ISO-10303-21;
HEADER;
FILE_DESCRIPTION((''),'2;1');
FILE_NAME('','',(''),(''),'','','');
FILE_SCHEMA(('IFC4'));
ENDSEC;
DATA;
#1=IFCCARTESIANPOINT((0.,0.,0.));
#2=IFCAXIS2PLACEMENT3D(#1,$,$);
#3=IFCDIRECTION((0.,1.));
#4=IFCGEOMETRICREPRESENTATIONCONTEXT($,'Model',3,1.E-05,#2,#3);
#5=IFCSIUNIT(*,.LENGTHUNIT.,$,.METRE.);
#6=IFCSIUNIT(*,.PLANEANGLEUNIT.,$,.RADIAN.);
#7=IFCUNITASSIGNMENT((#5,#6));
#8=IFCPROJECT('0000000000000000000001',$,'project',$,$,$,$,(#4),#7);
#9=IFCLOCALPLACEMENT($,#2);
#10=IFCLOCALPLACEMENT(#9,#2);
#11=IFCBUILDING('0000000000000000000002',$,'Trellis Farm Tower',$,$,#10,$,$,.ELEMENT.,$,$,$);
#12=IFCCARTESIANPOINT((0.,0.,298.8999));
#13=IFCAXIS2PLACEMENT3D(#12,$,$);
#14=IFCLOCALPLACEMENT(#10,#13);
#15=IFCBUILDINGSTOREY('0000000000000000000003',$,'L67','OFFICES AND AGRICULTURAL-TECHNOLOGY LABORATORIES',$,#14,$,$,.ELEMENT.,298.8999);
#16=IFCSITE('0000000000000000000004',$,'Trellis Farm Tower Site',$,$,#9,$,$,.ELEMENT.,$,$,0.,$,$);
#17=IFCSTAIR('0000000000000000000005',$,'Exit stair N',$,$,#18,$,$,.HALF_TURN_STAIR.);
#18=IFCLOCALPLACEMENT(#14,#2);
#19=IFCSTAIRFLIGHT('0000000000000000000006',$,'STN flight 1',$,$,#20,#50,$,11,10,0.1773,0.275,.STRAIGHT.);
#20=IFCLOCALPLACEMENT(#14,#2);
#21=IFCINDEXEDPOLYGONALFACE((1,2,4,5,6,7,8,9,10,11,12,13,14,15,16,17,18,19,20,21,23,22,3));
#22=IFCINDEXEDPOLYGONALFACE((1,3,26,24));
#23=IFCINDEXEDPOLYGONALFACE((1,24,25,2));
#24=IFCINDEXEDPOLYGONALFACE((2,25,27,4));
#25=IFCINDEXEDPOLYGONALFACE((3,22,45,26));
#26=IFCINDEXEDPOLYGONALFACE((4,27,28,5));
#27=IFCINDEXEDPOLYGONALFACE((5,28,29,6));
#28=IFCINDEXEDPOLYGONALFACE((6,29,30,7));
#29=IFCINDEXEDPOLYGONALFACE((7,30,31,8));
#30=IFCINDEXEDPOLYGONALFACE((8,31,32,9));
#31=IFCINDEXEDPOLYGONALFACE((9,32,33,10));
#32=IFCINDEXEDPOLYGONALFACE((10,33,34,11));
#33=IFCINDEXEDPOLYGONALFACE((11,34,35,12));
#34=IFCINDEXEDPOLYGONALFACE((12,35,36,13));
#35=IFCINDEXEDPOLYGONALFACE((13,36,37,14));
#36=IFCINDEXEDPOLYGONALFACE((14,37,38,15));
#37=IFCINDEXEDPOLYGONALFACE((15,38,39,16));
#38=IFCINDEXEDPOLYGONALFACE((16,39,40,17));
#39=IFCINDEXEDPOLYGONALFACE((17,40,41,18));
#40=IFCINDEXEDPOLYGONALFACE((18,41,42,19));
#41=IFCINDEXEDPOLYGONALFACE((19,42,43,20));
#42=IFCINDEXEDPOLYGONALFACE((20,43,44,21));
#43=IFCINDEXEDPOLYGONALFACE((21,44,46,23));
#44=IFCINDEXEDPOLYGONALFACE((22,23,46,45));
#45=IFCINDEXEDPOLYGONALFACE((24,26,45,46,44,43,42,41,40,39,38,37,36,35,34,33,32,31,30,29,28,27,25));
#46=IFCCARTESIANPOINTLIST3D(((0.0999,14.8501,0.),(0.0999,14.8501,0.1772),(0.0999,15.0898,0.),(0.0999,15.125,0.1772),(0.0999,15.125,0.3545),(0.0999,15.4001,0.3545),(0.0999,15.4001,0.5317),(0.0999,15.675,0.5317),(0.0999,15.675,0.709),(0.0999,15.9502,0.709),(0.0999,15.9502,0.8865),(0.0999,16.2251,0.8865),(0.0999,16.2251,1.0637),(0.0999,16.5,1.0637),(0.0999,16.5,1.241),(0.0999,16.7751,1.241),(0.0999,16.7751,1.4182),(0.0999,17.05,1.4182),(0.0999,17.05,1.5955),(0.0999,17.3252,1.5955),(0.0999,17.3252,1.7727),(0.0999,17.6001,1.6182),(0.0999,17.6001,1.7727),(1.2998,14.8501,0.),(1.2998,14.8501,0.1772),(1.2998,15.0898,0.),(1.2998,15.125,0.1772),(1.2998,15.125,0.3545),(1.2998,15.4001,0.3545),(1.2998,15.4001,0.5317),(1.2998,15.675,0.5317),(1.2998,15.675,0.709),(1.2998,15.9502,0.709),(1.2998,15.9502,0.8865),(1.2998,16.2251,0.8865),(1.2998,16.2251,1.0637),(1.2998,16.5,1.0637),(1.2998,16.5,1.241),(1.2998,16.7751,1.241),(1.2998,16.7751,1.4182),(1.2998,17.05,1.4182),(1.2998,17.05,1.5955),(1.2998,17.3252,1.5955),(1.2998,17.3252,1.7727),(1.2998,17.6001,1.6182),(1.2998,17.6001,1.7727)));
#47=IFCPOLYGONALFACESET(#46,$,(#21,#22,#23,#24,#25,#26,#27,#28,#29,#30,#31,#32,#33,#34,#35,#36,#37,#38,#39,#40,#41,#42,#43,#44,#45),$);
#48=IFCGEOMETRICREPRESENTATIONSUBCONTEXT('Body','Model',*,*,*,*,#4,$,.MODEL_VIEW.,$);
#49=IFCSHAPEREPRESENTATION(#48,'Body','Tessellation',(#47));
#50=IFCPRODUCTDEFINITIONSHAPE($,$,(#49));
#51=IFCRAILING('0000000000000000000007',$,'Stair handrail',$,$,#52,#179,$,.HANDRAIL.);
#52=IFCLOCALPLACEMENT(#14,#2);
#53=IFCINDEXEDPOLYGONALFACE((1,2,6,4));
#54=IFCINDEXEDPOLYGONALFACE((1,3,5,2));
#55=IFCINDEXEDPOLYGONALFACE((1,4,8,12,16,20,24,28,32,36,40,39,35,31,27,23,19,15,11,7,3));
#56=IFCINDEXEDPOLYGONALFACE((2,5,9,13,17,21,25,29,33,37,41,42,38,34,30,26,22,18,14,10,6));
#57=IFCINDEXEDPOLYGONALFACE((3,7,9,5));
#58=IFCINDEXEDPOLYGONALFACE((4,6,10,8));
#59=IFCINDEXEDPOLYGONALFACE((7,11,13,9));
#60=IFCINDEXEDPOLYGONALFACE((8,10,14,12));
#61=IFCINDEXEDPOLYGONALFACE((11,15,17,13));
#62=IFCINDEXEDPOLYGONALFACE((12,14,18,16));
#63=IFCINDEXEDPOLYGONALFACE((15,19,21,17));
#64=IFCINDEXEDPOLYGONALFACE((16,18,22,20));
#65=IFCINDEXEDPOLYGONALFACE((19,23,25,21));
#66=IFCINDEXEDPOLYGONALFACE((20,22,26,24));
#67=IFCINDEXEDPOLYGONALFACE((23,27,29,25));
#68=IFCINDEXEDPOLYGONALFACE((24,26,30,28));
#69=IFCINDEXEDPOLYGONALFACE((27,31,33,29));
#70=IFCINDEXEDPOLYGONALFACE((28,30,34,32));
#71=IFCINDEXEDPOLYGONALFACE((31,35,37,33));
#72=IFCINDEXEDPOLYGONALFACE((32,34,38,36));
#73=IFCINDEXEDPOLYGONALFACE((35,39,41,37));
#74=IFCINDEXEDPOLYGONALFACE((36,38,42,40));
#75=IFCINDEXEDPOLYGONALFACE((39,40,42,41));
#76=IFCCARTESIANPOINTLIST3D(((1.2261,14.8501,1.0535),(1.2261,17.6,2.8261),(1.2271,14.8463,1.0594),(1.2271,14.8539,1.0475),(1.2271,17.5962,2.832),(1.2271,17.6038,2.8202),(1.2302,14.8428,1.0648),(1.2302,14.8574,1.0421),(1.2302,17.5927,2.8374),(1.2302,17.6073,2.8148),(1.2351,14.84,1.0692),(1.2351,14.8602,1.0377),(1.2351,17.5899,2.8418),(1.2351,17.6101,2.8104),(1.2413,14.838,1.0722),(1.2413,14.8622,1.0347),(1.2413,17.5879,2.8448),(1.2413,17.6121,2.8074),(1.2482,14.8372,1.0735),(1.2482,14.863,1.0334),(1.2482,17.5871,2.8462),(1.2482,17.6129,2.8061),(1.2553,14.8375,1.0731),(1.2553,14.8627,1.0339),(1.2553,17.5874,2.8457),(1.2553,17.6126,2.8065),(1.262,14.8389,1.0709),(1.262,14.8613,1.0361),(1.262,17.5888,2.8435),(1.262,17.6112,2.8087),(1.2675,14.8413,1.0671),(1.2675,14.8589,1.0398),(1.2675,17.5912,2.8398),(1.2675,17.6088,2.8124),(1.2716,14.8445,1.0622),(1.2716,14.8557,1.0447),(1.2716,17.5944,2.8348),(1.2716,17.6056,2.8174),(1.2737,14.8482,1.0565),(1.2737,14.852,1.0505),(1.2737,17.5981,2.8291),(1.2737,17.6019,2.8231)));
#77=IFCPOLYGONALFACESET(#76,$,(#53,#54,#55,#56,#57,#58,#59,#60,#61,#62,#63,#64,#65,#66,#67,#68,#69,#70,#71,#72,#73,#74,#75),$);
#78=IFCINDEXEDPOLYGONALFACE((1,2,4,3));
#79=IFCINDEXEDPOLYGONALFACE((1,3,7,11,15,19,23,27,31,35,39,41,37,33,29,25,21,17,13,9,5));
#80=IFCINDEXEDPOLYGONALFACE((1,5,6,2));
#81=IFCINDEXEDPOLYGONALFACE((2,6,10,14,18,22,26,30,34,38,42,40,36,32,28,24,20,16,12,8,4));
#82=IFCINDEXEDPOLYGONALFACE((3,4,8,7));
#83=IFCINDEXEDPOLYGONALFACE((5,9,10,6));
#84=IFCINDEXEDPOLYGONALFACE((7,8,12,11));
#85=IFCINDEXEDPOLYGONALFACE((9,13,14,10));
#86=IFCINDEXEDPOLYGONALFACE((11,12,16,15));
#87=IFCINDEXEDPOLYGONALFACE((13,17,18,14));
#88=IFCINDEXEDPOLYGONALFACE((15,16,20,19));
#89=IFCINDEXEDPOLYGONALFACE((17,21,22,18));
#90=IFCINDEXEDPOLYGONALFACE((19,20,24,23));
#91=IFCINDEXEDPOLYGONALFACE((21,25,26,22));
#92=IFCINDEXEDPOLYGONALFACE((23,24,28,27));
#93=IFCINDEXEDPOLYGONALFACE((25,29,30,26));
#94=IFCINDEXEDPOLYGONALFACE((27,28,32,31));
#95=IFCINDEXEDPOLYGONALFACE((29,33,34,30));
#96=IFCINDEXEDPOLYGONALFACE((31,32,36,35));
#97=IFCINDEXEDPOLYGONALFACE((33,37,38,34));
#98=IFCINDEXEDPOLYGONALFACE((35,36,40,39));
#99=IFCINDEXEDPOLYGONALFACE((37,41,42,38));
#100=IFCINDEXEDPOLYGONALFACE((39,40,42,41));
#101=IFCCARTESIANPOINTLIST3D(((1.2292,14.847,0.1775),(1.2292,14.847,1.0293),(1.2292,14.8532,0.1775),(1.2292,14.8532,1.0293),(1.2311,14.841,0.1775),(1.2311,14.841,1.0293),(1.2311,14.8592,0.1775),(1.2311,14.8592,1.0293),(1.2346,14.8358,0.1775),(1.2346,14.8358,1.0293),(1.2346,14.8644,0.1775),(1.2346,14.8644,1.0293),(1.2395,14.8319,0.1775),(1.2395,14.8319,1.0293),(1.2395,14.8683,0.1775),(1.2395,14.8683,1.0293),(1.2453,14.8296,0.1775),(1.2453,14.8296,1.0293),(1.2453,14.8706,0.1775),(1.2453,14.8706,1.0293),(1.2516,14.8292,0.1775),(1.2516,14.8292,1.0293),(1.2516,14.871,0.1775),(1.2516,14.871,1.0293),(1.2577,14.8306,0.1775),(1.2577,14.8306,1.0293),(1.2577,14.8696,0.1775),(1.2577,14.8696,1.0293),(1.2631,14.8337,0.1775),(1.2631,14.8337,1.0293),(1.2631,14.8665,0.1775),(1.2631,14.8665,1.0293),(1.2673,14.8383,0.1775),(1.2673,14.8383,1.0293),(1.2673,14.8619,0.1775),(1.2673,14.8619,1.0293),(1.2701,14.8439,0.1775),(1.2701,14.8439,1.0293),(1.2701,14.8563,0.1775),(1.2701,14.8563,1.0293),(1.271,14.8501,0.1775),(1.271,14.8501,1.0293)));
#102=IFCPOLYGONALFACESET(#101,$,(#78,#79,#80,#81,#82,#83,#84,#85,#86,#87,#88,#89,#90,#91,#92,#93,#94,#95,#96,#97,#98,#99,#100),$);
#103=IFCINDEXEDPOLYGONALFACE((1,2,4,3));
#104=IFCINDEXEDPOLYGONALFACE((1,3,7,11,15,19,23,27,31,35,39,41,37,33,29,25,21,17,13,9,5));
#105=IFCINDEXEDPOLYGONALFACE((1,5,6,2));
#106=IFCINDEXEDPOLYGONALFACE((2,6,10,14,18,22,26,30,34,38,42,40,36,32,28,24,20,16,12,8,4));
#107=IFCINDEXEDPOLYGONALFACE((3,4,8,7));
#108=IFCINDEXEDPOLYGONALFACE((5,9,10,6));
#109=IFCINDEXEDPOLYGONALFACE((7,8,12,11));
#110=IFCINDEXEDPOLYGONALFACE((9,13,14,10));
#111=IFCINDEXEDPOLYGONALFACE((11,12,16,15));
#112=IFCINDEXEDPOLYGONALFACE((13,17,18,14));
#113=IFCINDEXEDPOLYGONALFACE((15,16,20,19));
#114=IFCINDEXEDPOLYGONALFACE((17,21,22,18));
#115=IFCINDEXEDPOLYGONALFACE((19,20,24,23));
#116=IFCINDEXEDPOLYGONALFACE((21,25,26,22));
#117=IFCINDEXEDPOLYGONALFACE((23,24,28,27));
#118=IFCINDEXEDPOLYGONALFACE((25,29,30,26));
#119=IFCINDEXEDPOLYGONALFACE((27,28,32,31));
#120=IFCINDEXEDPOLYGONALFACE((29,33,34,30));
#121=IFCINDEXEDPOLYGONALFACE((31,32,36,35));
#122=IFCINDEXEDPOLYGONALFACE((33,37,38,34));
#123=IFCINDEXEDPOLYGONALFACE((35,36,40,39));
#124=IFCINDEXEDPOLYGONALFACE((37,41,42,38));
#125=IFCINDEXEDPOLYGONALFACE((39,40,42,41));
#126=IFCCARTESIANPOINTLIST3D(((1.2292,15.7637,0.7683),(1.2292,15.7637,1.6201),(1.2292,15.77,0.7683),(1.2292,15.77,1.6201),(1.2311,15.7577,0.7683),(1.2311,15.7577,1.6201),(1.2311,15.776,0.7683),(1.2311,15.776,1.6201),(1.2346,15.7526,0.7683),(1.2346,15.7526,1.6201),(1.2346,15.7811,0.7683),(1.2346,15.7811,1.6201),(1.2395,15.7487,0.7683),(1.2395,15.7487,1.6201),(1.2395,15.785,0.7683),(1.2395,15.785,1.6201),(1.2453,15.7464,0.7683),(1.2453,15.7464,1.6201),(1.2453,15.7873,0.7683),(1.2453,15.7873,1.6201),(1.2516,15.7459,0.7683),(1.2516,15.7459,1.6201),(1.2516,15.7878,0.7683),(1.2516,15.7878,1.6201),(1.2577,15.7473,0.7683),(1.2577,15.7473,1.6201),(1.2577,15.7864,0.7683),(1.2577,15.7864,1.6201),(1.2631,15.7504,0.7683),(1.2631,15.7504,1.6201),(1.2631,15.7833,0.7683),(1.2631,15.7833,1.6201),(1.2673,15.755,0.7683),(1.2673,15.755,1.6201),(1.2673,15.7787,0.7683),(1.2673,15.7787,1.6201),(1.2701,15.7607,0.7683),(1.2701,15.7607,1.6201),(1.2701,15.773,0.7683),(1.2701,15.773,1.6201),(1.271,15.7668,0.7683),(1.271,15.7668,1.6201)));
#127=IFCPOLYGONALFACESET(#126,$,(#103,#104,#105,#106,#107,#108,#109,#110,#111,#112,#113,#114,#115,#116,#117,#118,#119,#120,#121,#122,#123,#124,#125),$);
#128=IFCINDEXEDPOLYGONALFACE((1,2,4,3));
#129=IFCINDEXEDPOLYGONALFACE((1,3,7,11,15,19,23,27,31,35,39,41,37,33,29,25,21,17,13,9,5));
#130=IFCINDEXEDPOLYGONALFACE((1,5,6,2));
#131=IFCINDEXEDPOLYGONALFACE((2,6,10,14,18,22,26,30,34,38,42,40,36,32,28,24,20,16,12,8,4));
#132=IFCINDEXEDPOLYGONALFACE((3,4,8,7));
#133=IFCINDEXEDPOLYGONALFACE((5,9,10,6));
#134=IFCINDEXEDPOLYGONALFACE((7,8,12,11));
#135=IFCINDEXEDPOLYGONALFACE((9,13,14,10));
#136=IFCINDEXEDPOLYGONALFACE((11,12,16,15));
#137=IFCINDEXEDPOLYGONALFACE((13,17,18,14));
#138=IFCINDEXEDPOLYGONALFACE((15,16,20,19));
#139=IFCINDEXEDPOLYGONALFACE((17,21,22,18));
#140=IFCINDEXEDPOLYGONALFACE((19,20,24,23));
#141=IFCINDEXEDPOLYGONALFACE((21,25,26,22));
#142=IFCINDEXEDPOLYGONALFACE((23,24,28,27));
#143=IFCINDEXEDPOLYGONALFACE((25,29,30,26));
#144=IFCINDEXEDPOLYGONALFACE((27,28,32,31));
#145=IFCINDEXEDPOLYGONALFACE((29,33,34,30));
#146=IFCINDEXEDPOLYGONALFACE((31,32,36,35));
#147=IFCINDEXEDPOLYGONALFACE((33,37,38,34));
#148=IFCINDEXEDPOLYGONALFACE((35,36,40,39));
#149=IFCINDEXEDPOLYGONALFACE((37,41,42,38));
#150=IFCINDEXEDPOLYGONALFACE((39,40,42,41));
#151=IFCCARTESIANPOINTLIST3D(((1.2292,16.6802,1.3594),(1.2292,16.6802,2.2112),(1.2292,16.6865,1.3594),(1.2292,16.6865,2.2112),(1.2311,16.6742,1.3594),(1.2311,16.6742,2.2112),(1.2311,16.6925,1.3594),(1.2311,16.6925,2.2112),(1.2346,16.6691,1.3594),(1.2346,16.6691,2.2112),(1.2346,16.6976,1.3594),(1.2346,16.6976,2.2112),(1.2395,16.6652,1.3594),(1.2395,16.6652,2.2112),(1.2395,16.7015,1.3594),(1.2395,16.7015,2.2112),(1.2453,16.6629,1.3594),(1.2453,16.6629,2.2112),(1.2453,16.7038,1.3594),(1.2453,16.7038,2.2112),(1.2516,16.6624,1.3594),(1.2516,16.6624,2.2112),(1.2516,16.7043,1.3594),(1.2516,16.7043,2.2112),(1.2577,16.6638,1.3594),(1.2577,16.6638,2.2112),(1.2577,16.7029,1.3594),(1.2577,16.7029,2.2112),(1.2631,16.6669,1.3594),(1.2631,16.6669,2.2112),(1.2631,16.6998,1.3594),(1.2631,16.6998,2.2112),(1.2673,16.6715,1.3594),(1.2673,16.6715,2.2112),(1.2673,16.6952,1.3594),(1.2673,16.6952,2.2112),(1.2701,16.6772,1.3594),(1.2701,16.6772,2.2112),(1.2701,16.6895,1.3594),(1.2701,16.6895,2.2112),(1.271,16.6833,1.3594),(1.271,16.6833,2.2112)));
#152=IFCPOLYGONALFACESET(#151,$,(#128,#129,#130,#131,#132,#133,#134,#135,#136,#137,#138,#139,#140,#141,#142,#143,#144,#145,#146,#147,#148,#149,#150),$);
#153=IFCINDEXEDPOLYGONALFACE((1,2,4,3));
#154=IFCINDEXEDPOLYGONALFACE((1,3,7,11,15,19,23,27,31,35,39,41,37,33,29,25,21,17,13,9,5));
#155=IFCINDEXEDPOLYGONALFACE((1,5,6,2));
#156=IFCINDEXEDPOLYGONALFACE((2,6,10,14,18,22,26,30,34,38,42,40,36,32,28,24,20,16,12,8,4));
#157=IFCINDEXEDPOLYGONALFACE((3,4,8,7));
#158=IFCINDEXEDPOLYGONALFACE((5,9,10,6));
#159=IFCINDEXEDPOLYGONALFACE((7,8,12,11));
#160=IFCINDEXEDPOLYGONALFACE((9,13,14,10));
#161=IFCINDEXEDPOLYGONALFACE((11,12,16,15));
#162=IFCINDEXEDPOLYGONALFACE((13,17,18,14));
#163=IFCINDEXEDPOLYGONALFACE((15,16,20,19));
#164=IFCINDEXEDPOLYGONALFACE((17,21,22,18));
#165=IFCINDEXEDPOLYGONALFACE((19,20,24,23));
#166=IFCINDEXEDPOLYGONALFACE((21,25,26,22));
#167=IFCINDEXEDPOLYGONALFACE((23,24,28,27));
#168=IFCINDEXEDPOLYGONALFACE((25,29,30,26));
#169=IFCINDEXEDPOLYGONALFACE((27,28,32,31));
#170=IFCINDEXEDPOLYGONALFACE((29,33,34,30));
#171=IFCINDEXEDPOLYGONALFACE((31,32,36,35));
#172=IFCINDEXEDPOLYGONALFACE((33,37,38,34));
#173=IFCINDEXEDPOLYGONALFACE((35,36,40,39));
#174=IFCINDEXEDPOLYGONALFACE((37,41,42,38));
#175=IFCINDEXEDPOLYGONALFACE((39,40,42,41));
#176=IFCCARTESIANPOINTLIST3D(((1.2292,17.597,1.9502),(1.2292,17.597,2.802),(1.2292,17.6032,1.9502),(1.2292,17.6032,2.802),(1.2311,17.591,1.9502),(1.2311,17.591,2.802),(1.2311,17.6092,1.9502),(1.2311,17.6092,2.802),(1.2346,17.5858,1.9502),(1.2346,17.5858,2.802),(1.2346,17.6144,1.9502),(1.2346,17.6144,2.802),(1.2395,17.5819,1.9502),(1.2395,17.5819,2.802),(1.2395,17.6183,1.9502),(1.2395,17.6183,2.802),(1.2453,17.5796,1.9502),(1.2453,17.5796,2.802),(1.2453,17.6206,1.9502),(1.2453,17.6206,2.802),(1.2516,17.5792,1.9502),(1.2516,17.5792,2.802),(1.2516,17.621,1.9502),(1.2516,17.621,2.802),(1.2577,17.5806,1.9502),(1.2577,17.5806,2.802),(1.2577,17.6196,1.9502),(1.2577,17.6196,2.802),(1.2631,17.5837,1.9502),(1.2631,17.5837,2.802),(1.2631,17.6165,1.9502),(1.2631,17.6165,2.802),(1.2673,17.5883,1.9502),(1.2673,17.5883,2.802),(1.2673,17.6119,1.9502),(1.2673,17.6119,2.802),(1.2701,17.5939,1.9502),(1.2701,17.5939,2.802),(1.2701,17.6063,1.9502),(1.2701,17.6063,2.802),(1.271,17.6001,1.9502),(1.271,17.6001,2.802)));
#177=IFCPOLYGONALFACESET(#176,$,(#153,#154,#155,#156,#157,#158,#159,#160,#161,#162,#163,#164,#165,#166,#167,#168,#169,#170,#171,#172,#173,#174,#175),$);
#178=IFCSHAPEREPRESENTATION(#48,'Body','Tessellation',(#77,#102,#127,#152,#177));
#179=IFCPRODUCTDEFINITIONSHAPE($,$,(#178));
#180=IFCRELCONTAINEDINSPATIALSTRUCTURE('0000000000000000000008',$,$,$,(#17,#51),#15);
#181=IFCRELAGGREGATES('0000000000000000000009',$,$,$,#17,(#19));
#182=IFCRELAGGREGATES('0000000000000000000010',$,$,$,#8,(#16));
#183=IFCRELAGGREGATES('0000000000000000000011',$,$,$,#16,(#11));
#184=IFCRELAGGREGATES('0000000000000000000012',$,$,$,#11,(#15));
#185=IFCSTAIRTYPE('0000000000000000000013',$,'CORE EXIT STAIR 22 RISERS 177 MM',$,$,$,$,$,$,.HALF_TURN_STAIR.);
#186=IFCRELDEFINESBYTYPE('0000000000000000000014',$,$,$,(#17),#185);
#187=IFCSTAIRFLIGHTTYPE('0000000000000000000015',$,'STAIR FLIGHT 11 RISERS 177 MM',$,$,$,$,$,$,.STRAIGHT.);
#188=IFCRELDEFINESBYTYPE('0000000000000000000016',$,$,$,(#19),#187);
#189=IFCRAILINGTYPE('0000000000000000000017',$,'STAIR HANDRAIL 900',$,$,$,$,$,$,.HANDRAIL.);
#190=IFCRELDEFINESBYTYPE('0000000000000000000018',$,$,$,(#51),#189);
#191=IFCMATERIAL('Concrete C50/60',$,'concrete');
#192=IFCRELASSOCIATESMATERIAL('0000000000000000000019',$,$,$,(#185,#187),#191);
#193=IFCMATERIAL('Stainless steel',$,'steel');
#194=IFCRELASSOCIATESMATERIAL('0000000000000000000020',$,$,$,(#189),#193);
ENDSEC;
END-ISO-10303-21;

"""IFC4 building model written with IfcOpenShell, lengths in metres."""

from ifc_helpers import new_model, si_unit, direction, frame, origin, origin_2d, place, context, subcontext, project, spatial, polyline, circle, outline, extrude, source, transform, mapped, material, type_object, element, aggregate, save


model = new_model("IFC4")

# Units and contexts
model_context = context("Model", 3, precision=1e-05, world=origin(), true_north=direction((0.0, 1.0)))
body_context = subcontext(model_context, "Body", "Model", "MODEL_VIEW")
ifc_project = project(units=[si_unit("LENGTHUNIT", "METRE"), si_unit("PLANEANGLEUNIT", "RADIAN")], contexts=[model_context])

# Site, building, storey
site_placement = place(None, origin())
site = spatial("IfcSite", under=ifc_project, at=site_placement, Name="Trellis Farm Tower Site", CompositionType="ELEMENT", RefElevation=0.0)
building_placement = place(site_placement, origin())
building = spatial("IfcBuilding", under=site, at=building_placement, Name="Trellis Farm Tower", CompositionType="ELEMENT")
storey_placement = place(building_placement, frame((0.0, 0.0, 298.8999)))
storey = spatial("IfcBuildingStorey", under=building, at=storey_placement, Name="L67", Description="OFFICES AND AGRICULTURAL-TECHNOLOGY LABORATORIES", CompositionType="ELEMENT", Elevation=298.8999)

# Shared definitions
placement_1 = place(storey_placement, origin())

# Shared definitions
ifc_material_1 = material(Name="Concrete C50/60", Category="concrete")

# Stair, stair flight
stair_type = type_object("IfcStairType", Name="CORE EXIT STAIR 22 RISERS 177 MM", PredefinedType="HALF_TURN_STAIR", material=ifc_material_1)
stair = element("IfcStair", 1, at=placement_1, inside=storey, type_object=stair_type, Name="Exit stair N", PredefinedType="HALF_TURN_STAIR")
stair_flight_type = type_object("IfcStairFlightType", Name="STAIR FLIGHT 11 RISERS 177 MM", PredefinedType="STRAIGHT", material=ifc_material_1)
shared_shape_1 = source(origin(), body_context, "Body", "SweptSolid", [
    extrude(outline(polyline([(0.0, 0.0), (0.0, 0.1772), (0.2749, 0.1772), (0.2749, 0.3545), (0.55, 0.3545), (0.55, 0.5317), (0.825, 0.5317), (0.825, 0.709), (1.1001, 0.709), (1.1001, 0.8865), (1.375, 0.8865), (1.375, 1.0637), (1.6499, 1.0637), (1.6499, 1.241), (1.925, 1.241), (1.925, 1.4182), (2.2, 1.4182), (2.2, 1.5955), (2.4751, 1.5955), (2.4751, 1.7727), (2.75, 1.7727), (2.75, 1.95), (2.75, 1.6182), (0.2397, 0.0), (0.0, 0.0)])), frame((0.0, 0.6001, 0.0), z_axis=(0.0, -1.0, 0.0), x_axis=(1.0, 0.0, 0.0)), (0.0, 0.0, 1.0), 1.2),
])
stair_flight_placement = place(storey_placement, frame((0.7, 14.8501, 0.0), z_axis=(0.0, 0.0, 1.0), x_axis=(0.0, 1.0, 0.0)))
stair_flight = element("IfcStairFlight", 2, at=stair_flight_placement, type_object=stair_flight_type, Name="STN flight 1", NumberOfRisers=11, NumberOfTreads=10, PredefinedType="STRAIGHT", RiserHeight=0.1773, TreadLength=0.275, context=body_context, shape_type="MappedRepresentation", body=[
    mapped(shared_shape_1, transform((0.0, 0.0, 0.0))),
])
aggregate(stair, [stair_flight])

# Railing
ifc_material_2 = material(Name="Stainless steel", Category="steel")
railing_type = type_object("IfcRailingType", Name="STAIR HANDRAIL 900", PredefinedType="HANDRAIL", material=ifc_material_2)
shared_shape_2 = source(origin(), body_context, "Body", "SweptSolid", [
    extrude(circle(Radius=0.0239, at=origin_2d()), frame((0.0, 0.0, 0.876), z_axis=(0.0, 0.840504, 0.541806), x_axis=(-1.0, 0.0, 0.0)), (0.0, 0.0, 1.0), 3.2717),
    extrude(circle(Radius=0.021, at=origin_2d()), origin(), (0.0, 0.0, 1.0), 0.8518),
    extrude(circle(Radius=0.021, at=origin_2d()), frame((0.0, 0.9167, 0.5908)), (0.0, 0.0, 1.0), 0.8518),
    extrude(circle(Radius=0.021, at=origin_2d()), frame((0.0, 1.8333, 1.1819)), (0.0, 0.0, 1.0), 0.8518),
    extrude(circle(Radius=0.021, at=origin_2d()), frame((0.0, 2.75, 1.7727)), (0.0, 0.0, 1.0), 0.8518),
])
railing_placement = place(storey_placement, frame((1.25, 14.8501, 0.1775)))
element("IfcRailing", 3, at=railing_placement, inside=storey, type_object=railing_type, Name="Stair handrail", PredefinedType="HANDRAIL", context=body_context, shape_type="MappedRepresentation", body=[
    mapped(shared_shape_2, transform((0.0, 0.0, 0.0))),
])

save(model, "model.ifc")
